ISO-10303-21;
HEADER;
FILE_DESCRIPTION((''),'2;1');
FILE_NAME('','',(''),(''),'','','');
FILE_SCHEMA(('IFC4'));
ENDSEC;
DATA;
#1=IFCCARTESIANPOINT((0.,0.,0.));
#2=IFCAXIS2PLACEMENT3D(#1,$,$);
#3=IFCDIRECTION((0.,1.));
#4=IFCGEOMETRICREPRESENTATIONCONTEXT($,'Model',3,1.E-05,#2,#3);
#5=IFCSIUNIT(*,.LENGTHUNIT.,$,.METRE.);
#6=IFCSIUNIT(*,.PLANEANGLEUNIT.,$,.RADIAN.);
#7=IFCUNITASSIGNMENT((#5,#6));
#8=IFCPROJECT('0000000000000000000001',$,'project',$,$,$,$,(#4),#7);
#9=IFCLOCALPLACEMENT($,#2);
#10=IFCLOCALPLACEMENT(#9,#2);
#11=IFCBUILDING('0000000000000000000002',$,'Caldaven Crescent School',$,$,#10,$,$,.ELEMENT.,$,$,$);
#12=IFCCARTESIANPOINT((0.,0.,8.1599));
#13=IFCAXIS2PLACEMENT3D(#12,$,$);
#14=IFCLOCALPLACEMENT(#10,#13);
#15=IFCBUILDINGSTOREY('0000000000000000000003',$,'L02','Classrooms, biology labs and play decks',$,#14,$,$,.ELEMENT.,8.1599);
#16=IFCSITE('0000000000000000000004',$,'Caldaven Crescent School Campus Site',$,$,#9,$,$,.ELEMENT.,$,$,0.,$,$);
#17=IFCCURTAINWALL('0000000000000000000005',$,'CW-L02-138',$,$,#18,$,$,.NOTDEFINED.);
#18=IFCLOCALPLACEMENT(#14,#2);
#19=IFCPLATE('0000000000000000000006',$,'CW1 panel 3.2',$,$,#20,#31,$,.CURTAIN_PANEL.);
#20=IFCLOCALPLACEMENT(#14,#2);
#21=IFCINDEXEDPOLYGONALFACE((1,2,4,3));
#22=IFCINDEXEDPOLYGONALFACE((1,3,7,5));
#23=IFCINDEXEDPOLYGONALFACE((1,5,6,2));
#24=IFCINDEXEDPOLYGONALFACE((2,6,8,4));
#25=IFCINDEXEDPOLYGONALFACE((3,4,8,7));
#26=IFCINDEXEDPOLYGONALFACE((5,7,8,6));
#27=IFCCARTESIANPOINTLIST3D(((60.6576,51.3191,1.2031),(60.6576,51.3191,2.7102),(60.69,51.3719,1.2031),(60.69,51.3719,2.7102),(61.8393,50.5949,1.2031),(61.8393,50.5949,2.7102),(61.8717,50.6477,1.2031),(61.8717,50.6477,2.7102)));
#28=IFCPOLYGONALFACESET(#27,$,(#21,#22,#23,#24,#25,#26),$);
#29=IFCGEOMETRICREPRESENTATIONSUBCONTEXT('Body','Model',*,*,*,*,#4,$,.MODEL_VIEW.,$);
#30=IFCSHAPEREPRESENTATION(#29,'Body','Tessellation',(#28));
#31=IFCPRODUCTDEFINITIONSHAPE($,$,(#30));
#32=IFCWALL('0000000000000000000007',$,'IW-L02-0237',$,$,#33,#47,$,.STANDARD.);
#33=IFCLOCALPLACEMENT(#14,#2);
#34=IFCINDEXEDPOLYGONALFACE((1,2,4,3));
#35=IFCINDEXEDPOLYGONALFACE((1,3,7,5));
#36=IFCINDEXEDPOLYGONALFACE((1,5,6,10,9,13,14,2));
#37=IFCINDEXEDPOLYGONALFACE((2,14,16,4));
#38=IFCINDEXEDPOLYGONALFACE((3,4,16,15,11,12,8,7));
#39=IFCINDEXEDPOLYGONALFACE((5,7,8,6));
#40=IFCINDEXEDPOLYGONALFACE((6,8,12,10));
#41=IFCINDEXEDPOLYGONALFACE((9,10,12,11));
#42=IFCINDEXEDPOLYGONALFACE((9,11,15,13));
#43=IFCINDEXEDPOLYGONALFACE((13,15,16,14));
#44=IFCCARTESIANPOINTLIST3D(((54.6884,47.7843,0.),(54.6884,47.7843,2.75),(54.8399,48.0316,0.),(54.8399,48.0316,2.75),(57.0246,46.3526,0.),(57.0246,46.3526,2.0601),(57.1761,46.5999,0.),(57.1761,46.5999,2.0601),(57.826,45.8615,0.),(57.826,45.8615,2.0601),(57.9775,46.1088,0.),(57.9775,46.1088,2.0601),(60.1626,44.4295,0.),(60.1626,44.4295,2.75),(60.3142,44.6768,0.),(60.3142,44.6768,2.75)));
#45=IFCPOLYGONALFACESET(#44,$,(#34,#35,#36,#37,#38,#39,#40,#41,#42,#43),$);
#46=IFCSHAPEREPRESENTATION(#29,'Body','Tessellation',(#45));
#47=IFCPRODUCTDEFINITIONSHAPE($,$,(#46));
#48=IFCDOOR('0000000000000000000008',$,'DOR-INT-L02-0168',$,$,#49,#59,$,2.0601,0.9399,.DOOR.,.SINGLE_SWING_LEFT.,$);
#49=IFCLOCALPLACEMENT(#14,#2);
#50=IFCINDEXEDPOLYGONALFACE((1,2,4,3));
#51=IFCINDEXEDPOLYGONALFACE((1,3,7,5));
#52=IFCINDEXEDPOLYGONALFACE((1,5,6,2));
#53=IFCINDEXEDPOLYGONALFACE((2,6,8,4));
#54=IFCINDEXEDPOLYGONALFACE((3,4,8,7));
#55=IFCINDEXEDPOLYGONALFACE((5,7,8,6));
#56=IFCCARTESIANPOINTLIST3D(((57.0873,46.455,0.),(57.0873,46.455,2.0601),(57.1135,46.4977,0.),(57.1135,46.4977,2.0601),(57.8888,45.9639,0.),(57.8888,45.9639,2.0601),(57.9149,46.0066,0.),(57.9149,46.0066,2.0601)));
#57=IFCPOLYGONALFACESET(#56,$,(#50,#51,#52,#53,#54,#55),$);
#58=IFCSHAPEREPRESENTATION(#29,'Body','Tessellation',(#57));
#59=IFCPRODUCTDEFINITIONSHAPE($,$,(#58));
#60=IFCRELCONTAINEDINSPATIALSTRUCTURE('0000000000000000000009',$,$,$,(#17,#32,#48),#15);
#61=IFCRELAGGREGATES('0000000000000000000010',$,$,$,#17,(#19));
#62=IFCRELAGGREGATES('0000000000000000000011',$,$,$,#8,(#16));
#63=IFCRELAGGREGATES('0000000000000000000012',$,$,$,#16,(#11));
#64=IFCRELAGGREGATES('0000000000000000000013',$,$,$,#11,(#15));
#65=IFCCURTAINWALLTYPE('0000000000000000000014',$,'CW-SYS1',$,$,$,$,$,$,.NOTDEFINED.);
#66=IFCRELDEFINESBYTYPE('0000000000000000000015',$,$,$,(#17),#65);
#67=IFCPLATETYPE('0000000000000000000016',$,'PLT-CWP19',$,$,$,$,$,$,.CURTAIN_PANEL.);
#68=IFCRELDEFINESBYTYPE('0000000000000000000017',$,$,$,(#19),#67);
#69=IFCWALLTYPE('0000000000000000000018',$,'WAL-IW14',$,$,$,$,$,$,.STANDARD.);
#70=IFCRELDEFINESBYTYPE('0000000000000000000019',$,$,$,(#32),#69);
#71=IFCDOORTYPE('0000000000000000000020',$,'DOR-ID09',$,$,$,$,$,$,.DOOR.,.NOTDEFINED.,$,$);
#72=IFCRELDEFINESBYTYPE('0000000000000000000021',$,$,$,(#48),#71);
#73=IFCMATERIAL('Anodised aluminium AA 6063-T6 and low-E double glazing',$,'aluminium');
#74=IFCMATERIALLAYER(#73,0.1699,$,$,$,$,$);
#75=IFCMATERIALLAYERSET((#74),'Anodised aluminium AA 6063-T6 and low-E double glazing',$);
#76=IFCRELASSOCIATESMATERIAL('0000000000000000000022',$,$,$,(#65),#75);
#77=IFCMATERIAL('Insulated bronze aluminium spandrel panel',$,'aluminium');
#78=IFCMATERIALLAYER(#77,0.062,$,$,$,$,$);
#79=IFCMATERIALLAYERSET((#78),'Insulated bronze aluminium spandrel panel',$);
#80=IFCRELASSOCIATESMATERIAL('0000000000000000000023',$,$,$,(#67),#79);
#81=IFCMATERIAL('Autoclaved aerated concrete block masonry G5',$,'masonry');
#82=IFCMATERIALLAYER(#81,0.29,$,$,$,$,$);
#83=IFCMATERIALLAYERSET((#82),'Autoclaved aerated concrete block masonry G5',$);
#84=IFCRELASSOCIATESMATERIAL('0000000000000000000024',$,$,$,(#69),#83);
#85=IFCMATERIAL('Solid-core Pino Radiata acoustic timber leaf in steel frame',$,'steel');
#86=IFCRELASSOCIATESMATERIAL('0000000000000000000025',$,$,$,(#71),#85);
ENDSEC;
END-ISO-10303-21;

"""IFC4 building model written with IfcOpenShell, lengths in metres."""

from ifc_helpers import new_model, si_unit, direction, frame, frame_2d, origin, origin_2d, place, context, subcontext, project, spatial, rectangle, extrude, material, layer, layer_set, type_object, element, fill, aggregate, save


model = new_model("IFC4")

# Units and contexts
model_context = context("Model", 3, precision=1e-05, world=origin(), true_north=direction((0.0, 1.0)))
body_context = subcontext(model_context, "Body", "Model", "MODEL_VIEW")
ifc_project = project(units=[si_unit("LENGTHUNIT", "METRE"), si_unit("PLANEANGLEUNIT", "RADIAN")], contexts=[model_context])

# Site, building, storey
site_placement = place(None, origin())
site = spatial("IfcSite", under=ifc_project, at=site_placement, Name="Caldaven Crescent School Campus Site", CompositionType="ELEMENT", RefElevation=0.0)
building_placement = place(site_placement, origin())
building = spatial("IfcBuilding", under=site, at=building_placement, Name="Caldaven Crescent School", CompositionType="ELEMENT")
storey_placement = place(building_placement, frame((0.0, 0.0, 8.1599)))
storey = spatial("IfcBuildingStorey", under=building, at=storey_placement, Name="L02", Description="Classrooms, biology labs and play decks", CompositionType="ELEMENT", Elevation=8.1599)

# Curtain wall
ifc_material_1 = material(Name="Anodised aluminium AA 6063-T6 and low-E double glazing", Category="aluminium")
ifc_layer_1 = layer(ifc_material_1, 0.1699)
ifc_layer_set_1 = layer_set([ifc_layer_1], Name="Anodised aluminium AA 6063-T6 and low-E double glazing")
curtain_wall_type = type_object("IfcCurtainWallType", Name="CW-SYS1", PredefinedType="NOTDEFINED", material=ifc_layer_set_1)
curtain_wall_placement = place(storey_placement, origin())
curtain_wall = element("IfcCurtainWall", 1, at=curtain_wall_placement, inside=storey, type_object=curtain_wall_type, Name="CW-L02-138", PredefinedType="NOTDEFINED")

# Plate
ifc_material_2 = material(Name="Insulated bronze aluminium spandrel panel", Category="aluminium")
ifc_layer_2 = layer(ifc_material_2, 0.062)
ifc_layer_set_2 = layer_set([ifc_layer_2], Name="Insulated bronze aluminium spandrel panel")
plate_type = type_object("IfcPlateType", Name="PLT-CWP19", PredefinedType="CURTAIN_PANEL", material=ifc_layer_set_2)
plate_1_placement = place(storey_placement, frame((61.2646, 50.9834, 1.2031), z_axis=(0.0, 0.0, 1.0), x_axis=(0.85264, -0.522499, 0.0)))
plate_1 = element("IfcPlate", 2, at=plate_1_placement, type_object=plate_type, Name="CW1 panel 3.2", PredefinedType="CURTAIN_PANEL", context=body_context, shape_type="SweptSolid", body=[
    extrude(rectangle(XDim=1.386, YDim=0.062, at=origin_2d()), origin(), (0.0, 0.0, 1.0), 1.5071),
])
aggregate(curtain_wall, [plate_1])

# Wall, opening, door
ifc_material_3 = material(Name="Autoclaved aerated concrete block masonry G5", Category="masonry")
ifc_layer_3 = layer(ifc_material_3, 0.29)
ifc_layer_set_3 = layer_set([ifc_layer_3], Name="Autoclaved aerated concrete block masonry G5")
wall_type = type_object("IfcWallType", Name="WAL-IW14", PredefinedType="STANDARD", material=ifc_layer_set_3)
wall_placement = place(storey_placement, frame((54.7642, 47.908, 0.0), z_axis=(0.0, 0.0, 1.0), x_axis=(0.852627, -0.52252, 0.0)))
wall = element("IfcWall", 3, at=wall_placement, inside=storey, type_object=wall_type, Name="IW-L02-0237", PredefinedType="STANDARD", context=body_context, shape_type="SweptSolid", body=[
    extrude(rectangle(XDim=6.4204, YDim=0.29, at=frame_2d((3.2102, 0.0))), origin(), (0.0, 0.0, 1.0), 2.75),
])
opening_placement = place(wall_placement, frame((2.74, 0.0, 0.0)))
opening = element("IfcOpeningElement", 4, at=opening_placement, cuts=wall, PredefinedType="OPENING", context=body_context, shape_type="SweptSolid", body=[
    extrude(rectangle(XDim=0.9399, YDim=2.0601, at=frame_2d((0.47, 1.03))), frame((0.0, 0.155, 0.0), z_axis=(0.0, -1.0, 0.0), x_axis=(1.0, 0.0, 0.0)), (0.0, 0.0, 1.0), 0.3101),
])
ifc_material_4 = material(Name="Solid-core Pino Radiata acoustic timber leaf in steel frame", Category="steel")
door_type = type_object("IfcDoorType", Name="DOR-ID09", OperationType="NOTDEFINED", PredefinedType="DOOR", material=ifc_material_4)
door_placement = place(opening_placement, frame((0.9399, 0.0, 0.0), z_axis=(0.0, 0.0, 1.0), x_axis=(-1.0, 0.0, 0.0)))
door = element("IfcDoor", 5, at=door_placement, inside=storey, type_object=door_type, Name="DOR-INT-L02-0168", OperationType="SINGLE_SWING_LEFT", OverallHeight=2.0601, OverallWidth=0.9399, PredefinedType="DOOR", context=body_context, shape_type="SweptSolid", body=[
    extrude(rectangle(XDim=0.9399, YDim=2.0601, at=frame_2d((0.47, 1.03))), frame((0.0, 0.0249, 0.0), z_axis=(0.0, -1.0, 0.0), x_axis=(1.0, 0.0, 0.0)), (0.0, 0.0, 1.0), 0.05),
])
fill(opening, door)

save(model, "model.ifc")
